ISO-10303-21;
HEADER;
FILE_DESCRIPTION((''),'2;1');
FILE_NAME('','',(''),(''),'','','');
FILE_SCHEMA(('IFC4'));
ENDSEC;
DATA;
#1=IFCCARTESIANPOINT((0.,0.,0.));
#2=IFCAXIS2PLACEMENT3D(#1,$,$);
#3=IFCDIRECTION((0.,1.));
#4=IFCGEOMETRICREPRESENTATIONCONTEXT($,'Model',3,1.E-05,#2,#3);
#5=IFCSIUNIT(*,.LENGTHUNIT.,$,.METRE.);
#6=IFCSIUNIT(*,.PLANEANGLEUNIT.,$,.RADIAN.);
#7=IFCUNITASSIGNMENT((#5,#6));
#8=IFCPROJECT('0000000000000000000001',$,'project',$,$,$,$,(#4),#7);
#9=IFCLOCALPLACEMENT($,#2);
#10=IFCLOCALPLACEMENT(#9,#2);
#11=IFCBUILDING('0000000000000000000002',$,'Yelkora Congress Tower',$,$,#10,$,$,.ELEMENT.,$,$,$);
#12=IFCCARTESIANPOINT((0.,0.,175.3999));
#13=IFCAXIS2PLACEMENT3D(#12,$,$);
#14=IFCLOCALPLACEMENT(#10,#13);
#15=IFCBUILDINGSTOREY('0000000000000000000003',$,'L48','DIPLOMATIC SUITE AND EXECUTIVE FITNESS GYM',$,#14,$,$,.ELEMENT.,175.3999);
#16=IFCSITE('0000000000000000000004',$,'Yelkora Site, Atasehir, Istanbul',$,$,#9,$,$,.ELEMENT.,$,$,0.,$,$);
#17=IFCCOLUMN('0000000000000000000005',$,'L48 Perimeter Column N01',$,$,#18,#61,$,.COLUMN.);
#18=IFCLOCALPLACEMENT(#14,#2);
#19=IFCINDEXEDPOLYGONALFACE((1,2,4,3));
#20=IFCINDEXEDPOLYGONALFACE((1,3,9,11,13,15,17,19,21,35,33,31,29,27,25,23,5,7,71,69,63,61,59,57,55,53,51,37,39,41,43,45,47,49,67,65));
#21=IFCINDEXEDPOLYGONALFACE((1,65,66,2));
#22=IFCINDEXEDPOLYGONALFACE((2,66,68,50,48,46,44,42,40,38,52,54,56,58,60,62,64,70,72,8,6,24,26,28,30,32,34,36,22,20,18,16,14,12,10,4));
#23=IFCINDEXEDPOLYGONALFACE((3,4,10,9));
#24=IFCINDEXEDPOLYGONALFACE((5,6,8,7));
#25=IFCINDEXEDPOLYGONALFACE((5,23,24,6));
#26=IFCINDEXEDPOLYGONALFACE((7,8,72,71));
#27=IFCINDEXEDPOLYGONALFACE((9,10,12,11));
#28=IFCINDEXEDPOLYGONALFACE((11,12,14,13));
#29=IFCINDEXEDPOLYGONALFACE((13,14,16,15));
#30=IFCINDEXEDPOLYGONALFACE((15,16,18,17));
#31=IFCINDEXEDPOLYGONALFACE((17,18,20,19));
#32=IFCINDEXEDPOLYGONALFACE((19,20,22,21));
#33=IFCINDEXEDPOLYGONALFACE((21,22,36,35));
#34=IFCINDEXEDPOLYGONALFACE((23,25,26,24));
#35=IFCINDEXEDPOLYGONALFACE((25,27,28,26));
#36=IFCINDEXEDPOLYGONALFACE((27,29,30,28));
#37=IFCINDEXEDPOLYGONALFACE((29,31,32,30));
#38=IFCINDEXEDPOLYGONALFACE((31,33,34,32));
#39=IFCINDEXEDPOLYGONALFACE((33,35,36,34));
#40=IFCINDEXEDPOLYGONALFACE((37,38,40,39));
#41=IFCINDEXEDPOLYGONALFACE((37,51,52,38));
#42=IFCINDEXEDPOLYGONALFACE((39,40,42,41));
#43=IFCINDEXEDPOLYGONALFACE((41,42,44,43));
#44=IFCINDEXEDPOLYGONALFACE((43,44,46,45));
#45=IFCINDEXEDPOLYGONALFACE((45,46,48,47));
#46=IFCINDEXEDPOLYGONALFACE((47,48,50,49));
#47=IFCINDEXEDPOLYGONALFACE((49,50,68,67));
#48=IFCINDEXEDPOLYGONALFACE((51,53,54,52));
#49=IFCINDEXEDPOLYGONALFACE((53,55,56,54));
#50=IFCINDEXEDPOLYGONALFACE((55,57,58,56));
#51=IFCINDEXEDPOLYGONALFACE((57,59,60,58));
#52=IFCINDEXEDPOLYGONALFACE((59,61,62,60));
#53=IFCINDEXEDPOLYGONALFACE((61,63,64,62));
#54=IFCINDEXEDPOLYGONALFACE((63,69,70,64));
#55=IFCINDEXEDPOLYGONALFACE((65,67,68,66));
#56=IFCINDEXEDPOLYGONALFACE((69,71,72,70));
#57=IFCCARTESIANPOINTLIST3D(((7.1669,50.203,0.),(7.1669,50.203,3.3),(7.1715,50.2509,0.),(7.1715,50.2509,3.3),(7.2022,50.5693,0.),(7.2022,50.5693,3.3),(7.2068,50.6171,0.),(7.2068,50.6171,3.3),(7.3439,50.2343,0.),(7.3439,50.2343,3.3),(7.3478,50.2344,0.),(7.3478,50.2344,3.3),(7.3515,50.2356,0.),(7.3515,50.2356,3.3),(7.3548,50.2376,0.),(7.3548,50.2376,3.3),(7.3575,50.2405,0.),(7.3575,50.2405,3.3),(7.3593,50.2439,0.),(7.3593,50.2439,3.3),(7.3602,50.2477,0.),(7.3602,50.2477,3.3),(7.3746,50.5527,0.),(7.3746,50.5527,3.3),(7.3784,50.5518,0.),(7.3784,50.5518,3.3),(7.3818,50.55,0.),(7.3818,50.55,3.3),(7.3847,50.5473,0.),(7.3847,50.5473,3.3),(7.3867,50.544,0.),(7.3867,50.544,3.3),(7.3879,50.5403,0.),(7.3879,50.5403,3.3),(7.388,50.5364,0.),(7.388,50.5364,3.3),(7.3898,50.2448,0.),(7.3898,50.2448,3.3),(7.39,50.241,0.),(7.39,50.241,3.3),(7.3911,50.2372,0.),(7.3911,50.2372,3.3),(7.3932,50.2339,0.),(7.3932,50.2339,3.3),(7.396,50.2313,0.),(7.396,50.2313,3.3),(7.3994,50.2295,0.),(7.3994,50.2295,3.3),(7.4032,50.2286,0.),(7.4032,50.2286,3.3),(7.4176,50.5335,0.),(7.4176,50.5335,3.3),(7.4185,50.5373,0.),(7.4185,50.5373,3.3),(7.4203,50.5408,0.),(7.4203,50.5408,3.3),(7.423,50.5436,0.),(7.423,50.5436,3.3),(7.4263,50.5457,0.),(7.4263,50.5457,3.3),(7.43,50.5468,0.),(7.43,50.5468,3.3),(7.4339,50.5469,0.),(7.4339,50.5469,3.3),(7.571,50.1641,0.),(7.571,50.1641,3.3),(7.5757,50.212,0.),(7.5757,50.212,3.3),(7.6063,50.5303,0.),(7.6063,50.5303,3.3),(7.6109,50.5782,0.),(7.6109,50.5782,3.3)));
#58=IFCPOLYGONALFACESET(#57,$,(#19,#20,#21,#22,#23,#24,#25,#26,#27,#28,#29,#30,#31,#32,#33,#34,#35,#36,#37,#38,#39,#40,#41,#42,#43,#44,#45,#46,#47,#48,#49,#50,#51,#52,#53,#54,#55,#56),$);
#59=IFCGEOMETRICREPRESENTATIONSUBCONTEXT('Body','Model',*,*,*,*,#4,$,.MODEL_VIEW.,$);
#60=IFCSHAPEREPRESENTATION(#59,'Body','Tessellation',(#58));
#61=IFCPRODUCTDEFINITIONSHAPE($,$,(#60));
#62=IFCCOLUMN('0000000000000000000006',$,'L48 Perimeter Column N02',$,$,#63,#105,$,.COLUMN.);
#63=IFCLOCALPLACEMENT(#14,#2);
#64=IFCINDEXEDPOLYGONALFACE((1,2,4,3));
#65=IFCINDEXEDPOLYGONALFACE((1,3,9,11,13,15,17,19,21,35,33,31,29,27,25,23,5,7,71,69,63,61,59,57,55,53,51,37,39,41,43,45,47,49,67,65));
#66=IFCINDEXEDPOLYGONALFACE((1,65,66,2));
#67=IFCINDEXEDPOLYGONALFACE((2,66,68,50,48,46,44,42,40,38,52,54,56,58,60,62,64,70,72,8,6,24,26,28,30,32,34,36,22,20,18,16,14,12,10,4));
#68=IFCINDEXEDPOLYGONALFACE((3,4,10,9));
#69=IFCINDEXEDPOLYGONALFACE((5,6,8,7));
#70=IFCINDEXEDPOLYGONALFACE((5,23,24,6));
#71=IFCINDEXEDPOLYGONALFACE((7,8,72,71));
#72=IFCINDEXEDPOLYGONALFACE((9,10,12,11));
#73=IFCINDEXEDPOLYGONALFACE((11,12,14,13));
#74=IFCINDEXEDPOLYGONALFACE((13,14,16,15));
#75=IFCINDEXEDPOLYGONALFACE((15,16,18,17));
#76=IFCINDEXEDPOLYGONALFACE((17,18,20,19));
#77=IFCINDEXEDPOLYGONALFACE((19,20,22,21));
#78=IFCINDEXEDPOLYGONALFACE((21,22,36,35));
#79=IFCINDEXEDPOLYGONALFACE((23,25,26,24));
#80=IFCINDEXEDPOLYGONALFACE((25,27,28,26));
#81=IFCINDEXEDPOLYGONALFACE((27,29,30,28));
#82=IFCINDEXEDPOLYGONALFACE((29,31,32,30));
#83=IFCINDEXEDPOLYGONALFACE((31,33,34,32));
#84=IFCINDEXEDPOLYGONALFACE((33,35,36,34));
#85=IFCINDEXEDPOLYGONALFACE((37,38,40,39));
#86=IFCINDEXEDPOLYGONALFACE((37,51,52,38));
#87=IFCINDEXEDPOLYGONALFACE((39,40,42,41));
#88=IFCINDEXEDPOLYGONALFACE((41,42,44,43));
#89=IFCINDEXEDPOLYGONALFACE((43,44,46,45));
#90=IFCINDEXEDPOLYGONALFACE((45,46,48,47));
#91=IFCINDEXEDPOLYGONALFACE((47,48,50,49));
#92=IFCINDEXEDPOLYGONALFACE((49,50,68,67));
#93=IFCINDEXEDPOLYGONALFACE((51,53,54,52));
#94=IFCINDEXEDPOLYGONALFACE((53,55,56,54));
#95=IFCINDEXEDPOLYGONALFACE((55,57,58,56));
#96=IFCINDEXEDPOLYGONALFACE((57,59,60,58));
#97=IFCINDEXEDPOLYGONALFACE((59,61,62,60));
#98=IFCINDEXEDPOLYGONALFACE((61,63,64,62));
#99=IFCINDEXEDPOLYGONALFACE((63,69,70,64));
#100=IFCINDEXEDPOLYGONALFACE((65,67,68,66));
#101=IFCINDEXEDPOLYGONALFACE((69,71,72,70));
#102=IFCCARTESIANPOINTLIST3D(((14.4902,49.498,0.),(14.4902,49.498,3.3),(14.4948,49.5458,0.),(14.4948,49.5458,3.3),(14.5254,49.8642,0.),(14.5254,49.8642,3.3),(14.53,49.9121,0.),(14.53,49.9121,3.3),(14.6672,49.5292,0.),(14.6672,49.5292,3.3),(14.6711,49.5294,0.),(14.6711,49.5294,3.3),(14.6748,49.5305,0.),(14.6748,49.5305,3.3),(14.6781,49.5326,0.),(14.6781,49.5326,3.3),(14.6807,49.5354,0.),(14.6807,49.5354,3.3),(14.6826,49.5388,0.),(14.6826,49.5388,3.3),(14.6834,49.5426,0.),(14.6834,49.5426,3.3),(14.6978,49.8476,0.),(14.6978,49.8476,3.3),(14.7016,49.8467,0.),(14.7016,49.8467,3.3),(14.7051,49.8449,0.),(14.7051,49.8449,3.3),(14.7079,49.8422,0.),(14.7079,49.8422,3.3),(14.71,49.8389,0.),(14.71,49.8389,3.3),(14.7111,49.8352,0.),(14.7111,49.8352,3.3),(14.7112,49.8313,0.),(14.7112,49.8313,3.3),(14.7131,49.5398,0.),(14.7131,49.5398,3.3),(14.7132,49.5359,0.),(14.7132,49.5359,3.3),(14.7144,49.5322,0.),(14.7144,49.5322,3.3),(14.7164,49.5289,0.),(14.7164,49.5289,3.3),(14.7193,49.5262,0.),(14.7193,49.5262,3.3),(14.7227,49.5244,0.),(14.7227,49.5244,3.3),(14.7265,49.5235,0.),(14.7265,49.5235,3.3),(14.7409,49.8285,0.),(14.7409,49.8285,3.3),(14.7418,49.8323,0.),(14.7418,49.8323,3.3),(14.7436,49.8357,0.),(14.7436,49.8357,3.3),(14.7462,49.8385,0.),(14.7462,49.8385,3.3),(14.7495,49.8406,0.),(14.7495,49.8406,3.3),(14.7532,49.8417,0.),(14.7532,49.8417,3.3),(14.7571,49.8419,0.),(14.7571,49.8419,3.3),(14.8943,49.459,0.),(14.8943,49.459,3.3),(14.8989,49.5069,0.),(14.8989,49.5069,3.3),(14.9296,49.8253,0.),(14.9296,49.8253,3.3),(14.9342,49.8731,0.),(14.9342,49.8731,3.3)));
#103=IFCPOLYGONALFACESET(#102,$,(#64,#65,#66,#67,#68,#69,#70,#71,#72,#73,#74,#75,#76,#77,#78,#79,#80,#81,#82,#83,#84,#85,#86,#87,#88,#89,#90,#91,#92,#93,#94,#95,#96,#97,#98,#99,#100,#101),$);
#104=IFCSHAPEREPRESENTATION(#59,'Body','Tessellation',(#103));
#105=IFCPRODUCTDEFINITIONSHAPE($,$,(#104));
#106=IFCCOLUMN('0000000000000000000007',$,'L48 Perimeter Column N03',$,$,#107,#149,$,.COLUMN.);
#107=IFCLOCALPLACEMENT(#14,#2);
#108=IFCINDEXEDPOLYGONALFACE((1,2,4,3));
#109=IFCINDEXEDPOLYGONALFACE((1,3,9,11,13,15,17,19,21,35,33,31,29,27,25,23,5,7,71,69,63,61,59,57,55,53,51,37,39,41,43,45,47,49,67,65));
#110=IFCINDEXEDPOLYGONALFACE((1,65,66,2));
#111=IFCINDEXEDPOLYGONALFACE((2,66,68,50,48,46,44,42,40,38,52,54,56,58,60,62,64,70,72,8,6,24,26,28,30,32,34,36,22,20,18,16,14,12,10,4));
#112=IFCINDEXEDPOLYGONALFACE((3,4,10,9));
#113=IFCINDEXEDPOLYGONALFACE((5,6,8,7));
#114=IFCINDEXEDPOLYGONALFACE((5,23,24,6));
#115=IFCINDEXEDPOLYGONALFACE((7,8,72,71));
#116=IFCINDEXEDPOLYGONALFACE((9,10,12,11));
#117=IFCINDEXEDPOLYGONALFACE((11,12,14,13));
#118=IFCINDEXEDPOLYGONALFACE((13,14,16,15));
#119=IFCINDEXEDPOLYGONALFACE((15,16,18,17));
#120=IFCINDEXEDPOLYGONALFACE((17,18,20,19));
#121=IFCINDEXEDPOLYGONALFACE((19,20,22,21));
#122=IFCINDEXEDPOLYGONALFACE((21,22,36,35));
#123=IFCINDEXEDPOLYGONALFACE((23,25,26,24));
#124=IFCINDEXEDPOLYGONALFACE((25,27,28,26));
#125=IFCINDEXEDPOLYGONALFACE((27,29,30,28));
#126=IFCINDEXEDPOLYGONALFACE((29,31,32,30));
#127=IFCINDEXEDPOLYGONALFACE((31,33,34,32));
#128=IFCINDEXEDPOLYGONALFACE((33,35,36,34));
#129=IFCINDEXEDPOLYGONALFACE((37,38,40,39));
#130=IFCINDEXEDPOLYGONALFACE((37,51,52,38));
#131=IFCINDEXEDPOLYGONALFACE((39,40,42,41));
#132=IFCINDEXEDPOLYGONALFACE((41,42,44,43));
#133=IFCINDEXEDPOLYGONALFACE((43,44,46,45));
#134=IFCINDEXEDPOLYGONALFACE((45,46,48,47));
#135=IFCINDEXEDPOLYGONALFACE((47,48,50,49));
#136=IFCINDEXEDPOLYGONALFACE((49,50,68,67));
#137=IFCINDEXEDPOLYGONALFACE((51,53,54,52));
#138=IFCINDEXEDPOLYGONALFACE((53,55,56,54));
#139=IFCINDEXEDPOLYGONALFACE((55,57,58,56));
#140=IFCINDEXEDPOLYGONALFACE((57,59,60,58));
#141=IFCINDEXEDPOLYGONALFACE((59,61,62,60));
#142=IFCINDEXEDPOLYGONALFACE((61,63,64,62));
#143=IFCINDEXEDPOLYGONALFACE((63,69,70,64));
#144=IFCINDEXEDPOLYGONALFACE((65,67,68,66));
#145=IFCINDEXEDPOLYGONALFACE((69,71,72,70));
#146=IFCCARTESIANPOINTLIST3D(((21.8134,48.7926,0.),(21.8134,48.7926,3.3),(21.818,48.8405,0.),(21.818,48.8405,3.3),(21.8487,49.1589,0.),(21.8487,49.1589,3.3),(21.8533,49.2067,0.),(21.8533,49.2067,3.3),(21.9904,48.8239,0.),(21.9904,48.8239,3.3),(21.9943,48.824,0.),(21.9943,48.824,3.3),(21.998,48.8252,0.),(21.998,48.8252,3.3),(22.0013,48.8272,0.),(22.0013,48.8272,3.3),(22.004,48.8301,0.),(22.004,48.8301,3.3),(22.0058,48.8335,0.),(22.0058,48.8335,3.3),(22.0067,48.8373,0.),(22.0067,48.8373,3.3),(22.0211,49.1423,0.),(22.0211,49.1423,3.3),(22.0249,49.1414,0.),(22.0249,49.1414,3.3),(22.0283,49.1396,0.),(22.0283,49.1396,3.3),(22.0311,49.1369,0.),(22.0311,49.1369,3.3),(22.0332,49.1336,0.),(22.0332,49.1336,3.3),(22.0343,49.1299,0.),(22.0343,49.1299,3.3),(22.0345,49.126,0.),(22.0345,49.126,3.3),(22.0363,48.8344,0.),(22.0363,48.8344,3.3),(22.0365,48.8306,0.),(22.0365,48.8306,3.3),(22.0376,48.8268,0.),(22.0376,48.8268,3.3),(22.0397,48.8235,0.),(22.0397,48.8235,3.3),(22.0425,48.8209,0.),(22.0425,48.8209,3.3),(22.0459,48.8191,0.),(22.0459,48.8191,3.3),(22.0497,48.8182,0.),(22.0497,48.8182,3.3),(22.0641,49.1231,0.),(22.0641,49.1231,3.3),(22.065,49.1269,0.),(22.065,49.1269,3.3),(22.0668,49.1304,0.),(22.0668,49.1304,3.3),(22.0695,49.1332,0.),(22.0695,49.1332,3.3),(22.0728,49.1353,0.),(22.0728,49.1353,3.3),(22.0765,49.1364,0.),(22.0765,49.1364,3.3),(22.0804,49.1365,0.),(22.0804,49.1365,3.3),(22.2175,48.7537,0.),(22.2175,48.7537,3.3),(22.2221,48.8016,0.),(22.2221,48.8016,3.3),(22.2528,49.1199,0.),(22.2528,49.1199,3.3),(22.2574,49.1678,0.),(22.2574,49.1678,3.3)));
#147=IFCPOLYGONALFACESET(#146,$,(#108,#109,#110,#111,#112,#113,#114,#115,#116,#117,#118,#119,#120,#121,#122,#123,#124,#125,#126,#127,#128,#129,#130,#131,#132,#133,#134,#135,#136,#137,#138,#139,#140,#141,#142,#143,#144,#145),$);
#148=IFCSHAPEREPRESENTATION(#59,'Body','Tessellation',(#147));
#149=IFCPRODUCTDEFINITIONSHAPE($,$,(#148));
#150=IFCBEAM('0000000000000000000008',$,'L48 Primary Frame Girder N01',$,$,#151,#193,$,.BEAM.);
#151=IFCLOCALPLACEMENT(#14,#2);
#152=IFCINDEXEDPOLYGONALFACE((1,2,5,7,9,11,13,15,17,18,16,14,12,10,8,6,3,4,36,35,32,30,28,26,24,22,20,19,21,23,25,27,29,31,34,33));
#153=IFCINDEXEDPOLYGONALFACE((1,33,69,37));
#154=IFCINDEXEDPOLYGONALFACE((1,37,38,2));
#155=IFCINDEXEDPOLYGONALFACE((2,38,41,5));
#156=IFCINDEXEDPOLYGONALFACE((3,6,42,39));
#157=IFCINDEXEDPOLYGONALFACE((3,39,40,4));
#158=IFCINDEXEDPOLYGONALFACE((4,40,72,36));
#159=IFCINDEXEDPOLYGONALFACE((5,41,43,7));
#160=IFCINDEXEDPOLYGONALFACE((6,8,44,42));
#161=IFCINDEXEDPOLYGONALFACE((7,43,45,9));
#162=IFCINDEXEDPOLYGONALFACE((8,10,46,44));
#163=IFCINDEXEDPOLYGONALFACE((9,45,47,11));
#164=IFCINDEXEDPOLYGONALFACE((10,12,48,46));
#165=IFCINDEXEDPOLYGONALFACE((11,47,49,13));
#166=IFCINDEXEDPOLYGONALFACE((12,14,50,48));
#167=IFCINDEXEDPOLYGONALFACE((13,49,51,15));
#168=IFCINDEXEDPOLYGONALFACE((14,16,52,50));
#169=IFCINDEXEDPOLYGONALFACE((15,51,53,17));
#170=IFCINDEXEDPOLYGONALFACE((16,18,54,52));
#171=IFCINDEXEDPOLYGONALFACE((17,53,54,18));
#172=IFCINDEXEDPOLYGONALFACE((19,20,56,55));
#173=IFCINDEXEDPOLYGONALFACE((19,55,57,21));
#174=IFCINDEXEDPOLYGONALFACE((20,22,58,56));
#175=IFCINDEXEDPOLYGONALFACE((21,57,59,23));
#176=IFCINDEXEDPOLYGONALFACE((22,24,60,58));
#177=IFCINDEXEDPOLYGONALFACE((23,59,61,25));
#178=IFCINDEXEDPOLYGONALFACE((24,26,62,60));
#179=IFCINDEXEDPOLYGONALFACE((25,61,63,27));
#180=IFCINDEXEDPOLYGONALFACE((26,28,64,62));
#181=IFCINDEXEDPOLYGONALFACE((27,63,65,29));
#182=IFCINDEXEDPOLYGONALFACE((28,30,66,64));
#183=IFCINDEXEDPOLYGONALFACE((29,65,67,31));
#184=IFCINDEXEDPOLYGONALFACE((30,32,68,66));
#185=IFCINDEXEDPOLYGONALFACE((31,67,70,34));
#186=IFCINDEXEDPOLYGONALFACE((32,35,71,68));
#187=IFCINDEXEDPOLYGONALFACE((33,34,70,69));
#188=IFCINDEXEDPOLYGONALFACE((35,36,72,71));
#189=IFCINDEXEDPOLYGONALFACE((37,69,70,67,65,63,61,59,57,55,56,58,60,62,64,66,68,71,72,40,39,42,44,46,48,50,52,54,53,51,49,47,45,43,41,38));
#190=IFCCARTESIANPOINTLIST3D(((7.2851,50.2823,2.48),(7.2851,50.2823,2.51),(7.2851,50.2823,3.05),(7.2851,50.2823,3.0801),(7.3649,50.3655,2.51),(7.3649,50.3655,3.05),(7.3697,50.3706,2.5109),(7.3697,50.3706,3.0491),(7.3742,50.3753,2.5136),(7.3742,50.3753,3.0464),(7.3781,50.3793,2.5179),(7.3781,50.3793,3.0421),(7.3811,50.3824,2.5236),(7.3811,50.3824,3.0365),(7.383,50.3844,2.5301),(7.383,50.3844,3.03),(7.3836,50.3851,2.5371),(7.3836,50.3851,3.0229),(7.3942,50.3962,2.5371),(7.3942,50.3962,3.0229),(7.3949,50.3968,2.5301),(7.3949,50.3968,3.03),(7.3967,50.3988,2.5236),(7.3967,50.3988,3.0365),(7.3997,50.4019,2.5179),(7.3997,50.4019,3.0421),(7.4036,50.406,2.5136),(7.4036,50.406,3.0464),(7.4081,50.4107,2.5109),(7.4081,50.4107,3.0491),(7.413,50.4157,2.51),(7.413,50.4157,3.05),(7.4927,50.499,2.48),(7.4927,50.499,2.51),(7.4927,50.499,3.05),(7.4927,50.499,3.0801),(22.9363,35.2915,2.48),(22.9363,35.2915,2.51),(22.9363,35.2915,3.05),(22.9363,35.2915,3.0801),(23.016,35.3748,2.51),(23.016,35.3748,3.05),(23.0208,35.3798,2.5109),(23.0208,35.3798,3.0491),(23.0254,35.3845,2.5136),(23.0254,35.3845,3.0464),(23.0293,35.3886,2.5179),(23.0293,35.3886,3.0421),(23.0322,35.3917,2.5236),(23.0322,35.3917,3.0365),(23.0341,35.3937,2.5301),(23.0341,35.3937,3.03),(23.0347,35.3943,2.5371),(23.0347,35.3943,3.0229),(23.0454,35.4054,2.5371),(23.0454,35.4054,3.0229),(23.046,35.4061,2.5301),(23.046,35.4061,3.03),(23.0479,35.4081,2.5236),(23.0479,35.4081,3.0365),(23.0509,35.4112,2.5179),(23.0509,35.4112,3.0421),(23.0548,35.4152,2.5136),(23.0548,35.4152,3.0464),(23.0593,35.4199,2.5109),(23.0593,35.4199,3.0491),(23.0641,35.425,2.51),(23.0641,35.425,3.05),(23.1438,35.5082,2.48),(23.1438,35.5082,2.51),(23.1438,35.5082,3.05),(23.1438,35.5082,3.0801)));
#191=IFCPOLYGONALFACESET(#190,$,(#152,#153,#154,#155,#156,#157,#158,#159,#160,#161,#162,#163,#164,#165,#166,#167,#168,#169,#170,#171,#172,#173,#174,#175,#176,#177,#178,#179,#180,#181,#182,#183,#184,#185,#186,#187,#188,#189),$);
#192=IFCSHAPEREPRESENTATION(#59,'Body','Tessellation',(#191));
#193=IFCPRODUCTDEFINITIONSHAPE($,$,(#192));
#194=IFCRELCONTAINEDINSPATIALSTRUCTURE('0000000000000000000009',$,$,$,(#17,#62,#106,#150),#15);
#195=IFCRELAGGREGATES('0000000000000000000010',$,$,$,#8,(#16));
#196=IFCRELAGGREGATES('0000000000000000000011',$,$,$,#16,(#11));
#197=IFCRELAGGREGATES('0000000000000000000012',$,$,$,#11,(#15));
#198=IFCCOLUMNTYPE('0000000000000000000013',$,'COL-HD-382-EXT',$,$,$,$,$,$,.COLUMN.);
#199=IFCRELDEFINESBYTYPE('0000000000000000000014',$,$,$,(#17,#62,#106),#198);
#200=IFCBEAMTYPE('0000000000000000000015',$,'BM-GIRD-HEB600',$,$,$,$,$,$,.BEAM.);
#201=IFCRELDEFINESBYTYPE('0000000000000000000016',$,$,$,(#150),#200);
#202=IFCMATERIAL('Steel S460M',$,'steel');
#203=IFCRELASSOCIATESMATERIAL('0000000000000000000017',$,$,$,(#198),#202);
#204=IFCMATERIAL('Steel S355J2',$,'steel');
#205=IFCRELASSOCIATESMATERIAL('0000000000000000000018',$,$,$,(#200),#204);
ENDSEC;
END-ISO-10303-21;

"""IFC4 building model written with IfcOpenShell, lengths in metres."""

from ifc_helpers import new_model, si_unit, direction, frame, origin, origin_2d, place, context, subcontext, project, spatial, i_section, extrude, material, material_profile, profile_set, type_object, element, save


model = new_model("IFC4")

# Units and contexts
model_context = context("Model", 3, precision=1e-05, world=origin(), true_north=direction((0.0, 1.0)))
body_context = subcontext(model_context, "Body", "Model", "MODEL_VIEW")
ifc_project = project(units=[si_unit("LENGTHUNIT", "METRE"), si_unit("PLANEANGLEUNIT", "RADIAN")], contexts=[model_context])

# Site, building, storey
site_placement = place(None, origin())
site = spatial("IfcSite", under=ifc_project, at=site_placement, Name="Yelkora Site, Atasehir, Istanbul", CompositionType="ELEMENT", RefElevation=0.0)
building_placement = place(site_placement, origin())
building = spatial("IfcBuilding", under=site, at=building_placement, Name="Yelkora Congress Tower", CompositionType="ELEMENT")
storey_placement = place(building_placement, frame((0.0, 0.0, 175.3999)))
storey = spatial("IfcBuildingStorey", under=building, at=storey_placement, Name="L48", Description="DIPLOMATIC SUITE AND EXECUTIVE FITNESS GYM", CompositionType="ELEMENT", Elevation=175.3999)

# Columns
ifc_material_1 = material(Name="Steel S460M", Category="steel")
ifc_material_profile_1 = material_profile(ifc_material_1, i_section(OverallWidth=0.406, OverallDepth=0.416, WebThickness=0.0298, FlangeThickness=0.0481, FilletRadius=0.0149, at=origin_2d()), Name="HD 400x382")
ifc_profile_set_1 = profile_set([ifc_material_profile_1], Name="Steel S460M")
column_type = type_object("IfcColumnType", Name="COL-HD-382-EXT", PredefinedType="COLUMN", material=ifc_profile_set_1)
for number, where, z_axis, x_axis, name in (
    (1, (7.3889, 50.3906, 0.0), (0.0, 0.0, 1.0), (0.995396, -0.095846, 0.0), "L48 Perimeter Column N01"),
    (2, (14.7122, 49.6855, 0.0), (0.0, 0.0, 1.0), (0.995396, -0.095846, 0.0), "L48 Perimeter Column N02"),
    (3, (22.0354, 48.9802, 0.0), (0.0, 0.0, 1.0), (0.995396, -0.095846, 0.0), "L48 Perimeter Column N03"),
):
    element("IfcColumn", number, at=place(storey_placement, frame(where, z_axis=z_axis, x_axis=x_axis)), inside=storey, type_object=column_type, Name=name, PredefinedType="COLUMN", context=body_context, shape_type="SweptSolid", body=[
        extrude(i_section(OverallWidth=0.406, OverallDepth=0.416, WebThickness=0.0298, FlangeThickness=0.0481, FilletRadius=0.0149, at=origin_2d()), origin(), (0.0, 0.0, 1.0), 3.3),
    ])

# Beam
ifc_material_2 = material(Name="Steel S355J2", Category="steel")
ifc_material_profile_2 = material_profile(ifc_material_2, i_section(OverallWidth=0.3, OverallDepth=0.6001, WebThickness=0.0154, FlangeThickness=0.03, FilletRadius=0.0271, at=origin_2d()), Name="HEB 600")
ifc_profile_set_2 = profile_set([ifc_material_profile_2], Name="Steel S355J2")
beam_type_1 = type_object("IfcBeamType", Name="BM-GIRD-HEB600", PredefinedType="BEAM", material=ifc_profile_set_2)
beam_1_placement = place(storey_placement, frame((7.3889, 50.3906, 2.78), z_axis=(0.722179, -0.691706, 0.0), x_axis=(0.691706, 0.722179, 0.0)))
element("IfcBeam", 4, at=beam_1_placement, inside=storey, type_object=beam_type_1, Name="L48 Primary Frame Girder N01", PredefinedType="BEAM", context=body_context, shape_type="SweptSolid", body=[
    extrude(i_section(OverallWidth=0.3, OverallDepth=0.6001, WebThickness=0.0154, FlangeThickness=0.03, FilletRadius=0.0271, at=origin_2d()), origin(), (0.0, 0.0, 1.0), 21.6721),
])

save(model, "model.ifc")
